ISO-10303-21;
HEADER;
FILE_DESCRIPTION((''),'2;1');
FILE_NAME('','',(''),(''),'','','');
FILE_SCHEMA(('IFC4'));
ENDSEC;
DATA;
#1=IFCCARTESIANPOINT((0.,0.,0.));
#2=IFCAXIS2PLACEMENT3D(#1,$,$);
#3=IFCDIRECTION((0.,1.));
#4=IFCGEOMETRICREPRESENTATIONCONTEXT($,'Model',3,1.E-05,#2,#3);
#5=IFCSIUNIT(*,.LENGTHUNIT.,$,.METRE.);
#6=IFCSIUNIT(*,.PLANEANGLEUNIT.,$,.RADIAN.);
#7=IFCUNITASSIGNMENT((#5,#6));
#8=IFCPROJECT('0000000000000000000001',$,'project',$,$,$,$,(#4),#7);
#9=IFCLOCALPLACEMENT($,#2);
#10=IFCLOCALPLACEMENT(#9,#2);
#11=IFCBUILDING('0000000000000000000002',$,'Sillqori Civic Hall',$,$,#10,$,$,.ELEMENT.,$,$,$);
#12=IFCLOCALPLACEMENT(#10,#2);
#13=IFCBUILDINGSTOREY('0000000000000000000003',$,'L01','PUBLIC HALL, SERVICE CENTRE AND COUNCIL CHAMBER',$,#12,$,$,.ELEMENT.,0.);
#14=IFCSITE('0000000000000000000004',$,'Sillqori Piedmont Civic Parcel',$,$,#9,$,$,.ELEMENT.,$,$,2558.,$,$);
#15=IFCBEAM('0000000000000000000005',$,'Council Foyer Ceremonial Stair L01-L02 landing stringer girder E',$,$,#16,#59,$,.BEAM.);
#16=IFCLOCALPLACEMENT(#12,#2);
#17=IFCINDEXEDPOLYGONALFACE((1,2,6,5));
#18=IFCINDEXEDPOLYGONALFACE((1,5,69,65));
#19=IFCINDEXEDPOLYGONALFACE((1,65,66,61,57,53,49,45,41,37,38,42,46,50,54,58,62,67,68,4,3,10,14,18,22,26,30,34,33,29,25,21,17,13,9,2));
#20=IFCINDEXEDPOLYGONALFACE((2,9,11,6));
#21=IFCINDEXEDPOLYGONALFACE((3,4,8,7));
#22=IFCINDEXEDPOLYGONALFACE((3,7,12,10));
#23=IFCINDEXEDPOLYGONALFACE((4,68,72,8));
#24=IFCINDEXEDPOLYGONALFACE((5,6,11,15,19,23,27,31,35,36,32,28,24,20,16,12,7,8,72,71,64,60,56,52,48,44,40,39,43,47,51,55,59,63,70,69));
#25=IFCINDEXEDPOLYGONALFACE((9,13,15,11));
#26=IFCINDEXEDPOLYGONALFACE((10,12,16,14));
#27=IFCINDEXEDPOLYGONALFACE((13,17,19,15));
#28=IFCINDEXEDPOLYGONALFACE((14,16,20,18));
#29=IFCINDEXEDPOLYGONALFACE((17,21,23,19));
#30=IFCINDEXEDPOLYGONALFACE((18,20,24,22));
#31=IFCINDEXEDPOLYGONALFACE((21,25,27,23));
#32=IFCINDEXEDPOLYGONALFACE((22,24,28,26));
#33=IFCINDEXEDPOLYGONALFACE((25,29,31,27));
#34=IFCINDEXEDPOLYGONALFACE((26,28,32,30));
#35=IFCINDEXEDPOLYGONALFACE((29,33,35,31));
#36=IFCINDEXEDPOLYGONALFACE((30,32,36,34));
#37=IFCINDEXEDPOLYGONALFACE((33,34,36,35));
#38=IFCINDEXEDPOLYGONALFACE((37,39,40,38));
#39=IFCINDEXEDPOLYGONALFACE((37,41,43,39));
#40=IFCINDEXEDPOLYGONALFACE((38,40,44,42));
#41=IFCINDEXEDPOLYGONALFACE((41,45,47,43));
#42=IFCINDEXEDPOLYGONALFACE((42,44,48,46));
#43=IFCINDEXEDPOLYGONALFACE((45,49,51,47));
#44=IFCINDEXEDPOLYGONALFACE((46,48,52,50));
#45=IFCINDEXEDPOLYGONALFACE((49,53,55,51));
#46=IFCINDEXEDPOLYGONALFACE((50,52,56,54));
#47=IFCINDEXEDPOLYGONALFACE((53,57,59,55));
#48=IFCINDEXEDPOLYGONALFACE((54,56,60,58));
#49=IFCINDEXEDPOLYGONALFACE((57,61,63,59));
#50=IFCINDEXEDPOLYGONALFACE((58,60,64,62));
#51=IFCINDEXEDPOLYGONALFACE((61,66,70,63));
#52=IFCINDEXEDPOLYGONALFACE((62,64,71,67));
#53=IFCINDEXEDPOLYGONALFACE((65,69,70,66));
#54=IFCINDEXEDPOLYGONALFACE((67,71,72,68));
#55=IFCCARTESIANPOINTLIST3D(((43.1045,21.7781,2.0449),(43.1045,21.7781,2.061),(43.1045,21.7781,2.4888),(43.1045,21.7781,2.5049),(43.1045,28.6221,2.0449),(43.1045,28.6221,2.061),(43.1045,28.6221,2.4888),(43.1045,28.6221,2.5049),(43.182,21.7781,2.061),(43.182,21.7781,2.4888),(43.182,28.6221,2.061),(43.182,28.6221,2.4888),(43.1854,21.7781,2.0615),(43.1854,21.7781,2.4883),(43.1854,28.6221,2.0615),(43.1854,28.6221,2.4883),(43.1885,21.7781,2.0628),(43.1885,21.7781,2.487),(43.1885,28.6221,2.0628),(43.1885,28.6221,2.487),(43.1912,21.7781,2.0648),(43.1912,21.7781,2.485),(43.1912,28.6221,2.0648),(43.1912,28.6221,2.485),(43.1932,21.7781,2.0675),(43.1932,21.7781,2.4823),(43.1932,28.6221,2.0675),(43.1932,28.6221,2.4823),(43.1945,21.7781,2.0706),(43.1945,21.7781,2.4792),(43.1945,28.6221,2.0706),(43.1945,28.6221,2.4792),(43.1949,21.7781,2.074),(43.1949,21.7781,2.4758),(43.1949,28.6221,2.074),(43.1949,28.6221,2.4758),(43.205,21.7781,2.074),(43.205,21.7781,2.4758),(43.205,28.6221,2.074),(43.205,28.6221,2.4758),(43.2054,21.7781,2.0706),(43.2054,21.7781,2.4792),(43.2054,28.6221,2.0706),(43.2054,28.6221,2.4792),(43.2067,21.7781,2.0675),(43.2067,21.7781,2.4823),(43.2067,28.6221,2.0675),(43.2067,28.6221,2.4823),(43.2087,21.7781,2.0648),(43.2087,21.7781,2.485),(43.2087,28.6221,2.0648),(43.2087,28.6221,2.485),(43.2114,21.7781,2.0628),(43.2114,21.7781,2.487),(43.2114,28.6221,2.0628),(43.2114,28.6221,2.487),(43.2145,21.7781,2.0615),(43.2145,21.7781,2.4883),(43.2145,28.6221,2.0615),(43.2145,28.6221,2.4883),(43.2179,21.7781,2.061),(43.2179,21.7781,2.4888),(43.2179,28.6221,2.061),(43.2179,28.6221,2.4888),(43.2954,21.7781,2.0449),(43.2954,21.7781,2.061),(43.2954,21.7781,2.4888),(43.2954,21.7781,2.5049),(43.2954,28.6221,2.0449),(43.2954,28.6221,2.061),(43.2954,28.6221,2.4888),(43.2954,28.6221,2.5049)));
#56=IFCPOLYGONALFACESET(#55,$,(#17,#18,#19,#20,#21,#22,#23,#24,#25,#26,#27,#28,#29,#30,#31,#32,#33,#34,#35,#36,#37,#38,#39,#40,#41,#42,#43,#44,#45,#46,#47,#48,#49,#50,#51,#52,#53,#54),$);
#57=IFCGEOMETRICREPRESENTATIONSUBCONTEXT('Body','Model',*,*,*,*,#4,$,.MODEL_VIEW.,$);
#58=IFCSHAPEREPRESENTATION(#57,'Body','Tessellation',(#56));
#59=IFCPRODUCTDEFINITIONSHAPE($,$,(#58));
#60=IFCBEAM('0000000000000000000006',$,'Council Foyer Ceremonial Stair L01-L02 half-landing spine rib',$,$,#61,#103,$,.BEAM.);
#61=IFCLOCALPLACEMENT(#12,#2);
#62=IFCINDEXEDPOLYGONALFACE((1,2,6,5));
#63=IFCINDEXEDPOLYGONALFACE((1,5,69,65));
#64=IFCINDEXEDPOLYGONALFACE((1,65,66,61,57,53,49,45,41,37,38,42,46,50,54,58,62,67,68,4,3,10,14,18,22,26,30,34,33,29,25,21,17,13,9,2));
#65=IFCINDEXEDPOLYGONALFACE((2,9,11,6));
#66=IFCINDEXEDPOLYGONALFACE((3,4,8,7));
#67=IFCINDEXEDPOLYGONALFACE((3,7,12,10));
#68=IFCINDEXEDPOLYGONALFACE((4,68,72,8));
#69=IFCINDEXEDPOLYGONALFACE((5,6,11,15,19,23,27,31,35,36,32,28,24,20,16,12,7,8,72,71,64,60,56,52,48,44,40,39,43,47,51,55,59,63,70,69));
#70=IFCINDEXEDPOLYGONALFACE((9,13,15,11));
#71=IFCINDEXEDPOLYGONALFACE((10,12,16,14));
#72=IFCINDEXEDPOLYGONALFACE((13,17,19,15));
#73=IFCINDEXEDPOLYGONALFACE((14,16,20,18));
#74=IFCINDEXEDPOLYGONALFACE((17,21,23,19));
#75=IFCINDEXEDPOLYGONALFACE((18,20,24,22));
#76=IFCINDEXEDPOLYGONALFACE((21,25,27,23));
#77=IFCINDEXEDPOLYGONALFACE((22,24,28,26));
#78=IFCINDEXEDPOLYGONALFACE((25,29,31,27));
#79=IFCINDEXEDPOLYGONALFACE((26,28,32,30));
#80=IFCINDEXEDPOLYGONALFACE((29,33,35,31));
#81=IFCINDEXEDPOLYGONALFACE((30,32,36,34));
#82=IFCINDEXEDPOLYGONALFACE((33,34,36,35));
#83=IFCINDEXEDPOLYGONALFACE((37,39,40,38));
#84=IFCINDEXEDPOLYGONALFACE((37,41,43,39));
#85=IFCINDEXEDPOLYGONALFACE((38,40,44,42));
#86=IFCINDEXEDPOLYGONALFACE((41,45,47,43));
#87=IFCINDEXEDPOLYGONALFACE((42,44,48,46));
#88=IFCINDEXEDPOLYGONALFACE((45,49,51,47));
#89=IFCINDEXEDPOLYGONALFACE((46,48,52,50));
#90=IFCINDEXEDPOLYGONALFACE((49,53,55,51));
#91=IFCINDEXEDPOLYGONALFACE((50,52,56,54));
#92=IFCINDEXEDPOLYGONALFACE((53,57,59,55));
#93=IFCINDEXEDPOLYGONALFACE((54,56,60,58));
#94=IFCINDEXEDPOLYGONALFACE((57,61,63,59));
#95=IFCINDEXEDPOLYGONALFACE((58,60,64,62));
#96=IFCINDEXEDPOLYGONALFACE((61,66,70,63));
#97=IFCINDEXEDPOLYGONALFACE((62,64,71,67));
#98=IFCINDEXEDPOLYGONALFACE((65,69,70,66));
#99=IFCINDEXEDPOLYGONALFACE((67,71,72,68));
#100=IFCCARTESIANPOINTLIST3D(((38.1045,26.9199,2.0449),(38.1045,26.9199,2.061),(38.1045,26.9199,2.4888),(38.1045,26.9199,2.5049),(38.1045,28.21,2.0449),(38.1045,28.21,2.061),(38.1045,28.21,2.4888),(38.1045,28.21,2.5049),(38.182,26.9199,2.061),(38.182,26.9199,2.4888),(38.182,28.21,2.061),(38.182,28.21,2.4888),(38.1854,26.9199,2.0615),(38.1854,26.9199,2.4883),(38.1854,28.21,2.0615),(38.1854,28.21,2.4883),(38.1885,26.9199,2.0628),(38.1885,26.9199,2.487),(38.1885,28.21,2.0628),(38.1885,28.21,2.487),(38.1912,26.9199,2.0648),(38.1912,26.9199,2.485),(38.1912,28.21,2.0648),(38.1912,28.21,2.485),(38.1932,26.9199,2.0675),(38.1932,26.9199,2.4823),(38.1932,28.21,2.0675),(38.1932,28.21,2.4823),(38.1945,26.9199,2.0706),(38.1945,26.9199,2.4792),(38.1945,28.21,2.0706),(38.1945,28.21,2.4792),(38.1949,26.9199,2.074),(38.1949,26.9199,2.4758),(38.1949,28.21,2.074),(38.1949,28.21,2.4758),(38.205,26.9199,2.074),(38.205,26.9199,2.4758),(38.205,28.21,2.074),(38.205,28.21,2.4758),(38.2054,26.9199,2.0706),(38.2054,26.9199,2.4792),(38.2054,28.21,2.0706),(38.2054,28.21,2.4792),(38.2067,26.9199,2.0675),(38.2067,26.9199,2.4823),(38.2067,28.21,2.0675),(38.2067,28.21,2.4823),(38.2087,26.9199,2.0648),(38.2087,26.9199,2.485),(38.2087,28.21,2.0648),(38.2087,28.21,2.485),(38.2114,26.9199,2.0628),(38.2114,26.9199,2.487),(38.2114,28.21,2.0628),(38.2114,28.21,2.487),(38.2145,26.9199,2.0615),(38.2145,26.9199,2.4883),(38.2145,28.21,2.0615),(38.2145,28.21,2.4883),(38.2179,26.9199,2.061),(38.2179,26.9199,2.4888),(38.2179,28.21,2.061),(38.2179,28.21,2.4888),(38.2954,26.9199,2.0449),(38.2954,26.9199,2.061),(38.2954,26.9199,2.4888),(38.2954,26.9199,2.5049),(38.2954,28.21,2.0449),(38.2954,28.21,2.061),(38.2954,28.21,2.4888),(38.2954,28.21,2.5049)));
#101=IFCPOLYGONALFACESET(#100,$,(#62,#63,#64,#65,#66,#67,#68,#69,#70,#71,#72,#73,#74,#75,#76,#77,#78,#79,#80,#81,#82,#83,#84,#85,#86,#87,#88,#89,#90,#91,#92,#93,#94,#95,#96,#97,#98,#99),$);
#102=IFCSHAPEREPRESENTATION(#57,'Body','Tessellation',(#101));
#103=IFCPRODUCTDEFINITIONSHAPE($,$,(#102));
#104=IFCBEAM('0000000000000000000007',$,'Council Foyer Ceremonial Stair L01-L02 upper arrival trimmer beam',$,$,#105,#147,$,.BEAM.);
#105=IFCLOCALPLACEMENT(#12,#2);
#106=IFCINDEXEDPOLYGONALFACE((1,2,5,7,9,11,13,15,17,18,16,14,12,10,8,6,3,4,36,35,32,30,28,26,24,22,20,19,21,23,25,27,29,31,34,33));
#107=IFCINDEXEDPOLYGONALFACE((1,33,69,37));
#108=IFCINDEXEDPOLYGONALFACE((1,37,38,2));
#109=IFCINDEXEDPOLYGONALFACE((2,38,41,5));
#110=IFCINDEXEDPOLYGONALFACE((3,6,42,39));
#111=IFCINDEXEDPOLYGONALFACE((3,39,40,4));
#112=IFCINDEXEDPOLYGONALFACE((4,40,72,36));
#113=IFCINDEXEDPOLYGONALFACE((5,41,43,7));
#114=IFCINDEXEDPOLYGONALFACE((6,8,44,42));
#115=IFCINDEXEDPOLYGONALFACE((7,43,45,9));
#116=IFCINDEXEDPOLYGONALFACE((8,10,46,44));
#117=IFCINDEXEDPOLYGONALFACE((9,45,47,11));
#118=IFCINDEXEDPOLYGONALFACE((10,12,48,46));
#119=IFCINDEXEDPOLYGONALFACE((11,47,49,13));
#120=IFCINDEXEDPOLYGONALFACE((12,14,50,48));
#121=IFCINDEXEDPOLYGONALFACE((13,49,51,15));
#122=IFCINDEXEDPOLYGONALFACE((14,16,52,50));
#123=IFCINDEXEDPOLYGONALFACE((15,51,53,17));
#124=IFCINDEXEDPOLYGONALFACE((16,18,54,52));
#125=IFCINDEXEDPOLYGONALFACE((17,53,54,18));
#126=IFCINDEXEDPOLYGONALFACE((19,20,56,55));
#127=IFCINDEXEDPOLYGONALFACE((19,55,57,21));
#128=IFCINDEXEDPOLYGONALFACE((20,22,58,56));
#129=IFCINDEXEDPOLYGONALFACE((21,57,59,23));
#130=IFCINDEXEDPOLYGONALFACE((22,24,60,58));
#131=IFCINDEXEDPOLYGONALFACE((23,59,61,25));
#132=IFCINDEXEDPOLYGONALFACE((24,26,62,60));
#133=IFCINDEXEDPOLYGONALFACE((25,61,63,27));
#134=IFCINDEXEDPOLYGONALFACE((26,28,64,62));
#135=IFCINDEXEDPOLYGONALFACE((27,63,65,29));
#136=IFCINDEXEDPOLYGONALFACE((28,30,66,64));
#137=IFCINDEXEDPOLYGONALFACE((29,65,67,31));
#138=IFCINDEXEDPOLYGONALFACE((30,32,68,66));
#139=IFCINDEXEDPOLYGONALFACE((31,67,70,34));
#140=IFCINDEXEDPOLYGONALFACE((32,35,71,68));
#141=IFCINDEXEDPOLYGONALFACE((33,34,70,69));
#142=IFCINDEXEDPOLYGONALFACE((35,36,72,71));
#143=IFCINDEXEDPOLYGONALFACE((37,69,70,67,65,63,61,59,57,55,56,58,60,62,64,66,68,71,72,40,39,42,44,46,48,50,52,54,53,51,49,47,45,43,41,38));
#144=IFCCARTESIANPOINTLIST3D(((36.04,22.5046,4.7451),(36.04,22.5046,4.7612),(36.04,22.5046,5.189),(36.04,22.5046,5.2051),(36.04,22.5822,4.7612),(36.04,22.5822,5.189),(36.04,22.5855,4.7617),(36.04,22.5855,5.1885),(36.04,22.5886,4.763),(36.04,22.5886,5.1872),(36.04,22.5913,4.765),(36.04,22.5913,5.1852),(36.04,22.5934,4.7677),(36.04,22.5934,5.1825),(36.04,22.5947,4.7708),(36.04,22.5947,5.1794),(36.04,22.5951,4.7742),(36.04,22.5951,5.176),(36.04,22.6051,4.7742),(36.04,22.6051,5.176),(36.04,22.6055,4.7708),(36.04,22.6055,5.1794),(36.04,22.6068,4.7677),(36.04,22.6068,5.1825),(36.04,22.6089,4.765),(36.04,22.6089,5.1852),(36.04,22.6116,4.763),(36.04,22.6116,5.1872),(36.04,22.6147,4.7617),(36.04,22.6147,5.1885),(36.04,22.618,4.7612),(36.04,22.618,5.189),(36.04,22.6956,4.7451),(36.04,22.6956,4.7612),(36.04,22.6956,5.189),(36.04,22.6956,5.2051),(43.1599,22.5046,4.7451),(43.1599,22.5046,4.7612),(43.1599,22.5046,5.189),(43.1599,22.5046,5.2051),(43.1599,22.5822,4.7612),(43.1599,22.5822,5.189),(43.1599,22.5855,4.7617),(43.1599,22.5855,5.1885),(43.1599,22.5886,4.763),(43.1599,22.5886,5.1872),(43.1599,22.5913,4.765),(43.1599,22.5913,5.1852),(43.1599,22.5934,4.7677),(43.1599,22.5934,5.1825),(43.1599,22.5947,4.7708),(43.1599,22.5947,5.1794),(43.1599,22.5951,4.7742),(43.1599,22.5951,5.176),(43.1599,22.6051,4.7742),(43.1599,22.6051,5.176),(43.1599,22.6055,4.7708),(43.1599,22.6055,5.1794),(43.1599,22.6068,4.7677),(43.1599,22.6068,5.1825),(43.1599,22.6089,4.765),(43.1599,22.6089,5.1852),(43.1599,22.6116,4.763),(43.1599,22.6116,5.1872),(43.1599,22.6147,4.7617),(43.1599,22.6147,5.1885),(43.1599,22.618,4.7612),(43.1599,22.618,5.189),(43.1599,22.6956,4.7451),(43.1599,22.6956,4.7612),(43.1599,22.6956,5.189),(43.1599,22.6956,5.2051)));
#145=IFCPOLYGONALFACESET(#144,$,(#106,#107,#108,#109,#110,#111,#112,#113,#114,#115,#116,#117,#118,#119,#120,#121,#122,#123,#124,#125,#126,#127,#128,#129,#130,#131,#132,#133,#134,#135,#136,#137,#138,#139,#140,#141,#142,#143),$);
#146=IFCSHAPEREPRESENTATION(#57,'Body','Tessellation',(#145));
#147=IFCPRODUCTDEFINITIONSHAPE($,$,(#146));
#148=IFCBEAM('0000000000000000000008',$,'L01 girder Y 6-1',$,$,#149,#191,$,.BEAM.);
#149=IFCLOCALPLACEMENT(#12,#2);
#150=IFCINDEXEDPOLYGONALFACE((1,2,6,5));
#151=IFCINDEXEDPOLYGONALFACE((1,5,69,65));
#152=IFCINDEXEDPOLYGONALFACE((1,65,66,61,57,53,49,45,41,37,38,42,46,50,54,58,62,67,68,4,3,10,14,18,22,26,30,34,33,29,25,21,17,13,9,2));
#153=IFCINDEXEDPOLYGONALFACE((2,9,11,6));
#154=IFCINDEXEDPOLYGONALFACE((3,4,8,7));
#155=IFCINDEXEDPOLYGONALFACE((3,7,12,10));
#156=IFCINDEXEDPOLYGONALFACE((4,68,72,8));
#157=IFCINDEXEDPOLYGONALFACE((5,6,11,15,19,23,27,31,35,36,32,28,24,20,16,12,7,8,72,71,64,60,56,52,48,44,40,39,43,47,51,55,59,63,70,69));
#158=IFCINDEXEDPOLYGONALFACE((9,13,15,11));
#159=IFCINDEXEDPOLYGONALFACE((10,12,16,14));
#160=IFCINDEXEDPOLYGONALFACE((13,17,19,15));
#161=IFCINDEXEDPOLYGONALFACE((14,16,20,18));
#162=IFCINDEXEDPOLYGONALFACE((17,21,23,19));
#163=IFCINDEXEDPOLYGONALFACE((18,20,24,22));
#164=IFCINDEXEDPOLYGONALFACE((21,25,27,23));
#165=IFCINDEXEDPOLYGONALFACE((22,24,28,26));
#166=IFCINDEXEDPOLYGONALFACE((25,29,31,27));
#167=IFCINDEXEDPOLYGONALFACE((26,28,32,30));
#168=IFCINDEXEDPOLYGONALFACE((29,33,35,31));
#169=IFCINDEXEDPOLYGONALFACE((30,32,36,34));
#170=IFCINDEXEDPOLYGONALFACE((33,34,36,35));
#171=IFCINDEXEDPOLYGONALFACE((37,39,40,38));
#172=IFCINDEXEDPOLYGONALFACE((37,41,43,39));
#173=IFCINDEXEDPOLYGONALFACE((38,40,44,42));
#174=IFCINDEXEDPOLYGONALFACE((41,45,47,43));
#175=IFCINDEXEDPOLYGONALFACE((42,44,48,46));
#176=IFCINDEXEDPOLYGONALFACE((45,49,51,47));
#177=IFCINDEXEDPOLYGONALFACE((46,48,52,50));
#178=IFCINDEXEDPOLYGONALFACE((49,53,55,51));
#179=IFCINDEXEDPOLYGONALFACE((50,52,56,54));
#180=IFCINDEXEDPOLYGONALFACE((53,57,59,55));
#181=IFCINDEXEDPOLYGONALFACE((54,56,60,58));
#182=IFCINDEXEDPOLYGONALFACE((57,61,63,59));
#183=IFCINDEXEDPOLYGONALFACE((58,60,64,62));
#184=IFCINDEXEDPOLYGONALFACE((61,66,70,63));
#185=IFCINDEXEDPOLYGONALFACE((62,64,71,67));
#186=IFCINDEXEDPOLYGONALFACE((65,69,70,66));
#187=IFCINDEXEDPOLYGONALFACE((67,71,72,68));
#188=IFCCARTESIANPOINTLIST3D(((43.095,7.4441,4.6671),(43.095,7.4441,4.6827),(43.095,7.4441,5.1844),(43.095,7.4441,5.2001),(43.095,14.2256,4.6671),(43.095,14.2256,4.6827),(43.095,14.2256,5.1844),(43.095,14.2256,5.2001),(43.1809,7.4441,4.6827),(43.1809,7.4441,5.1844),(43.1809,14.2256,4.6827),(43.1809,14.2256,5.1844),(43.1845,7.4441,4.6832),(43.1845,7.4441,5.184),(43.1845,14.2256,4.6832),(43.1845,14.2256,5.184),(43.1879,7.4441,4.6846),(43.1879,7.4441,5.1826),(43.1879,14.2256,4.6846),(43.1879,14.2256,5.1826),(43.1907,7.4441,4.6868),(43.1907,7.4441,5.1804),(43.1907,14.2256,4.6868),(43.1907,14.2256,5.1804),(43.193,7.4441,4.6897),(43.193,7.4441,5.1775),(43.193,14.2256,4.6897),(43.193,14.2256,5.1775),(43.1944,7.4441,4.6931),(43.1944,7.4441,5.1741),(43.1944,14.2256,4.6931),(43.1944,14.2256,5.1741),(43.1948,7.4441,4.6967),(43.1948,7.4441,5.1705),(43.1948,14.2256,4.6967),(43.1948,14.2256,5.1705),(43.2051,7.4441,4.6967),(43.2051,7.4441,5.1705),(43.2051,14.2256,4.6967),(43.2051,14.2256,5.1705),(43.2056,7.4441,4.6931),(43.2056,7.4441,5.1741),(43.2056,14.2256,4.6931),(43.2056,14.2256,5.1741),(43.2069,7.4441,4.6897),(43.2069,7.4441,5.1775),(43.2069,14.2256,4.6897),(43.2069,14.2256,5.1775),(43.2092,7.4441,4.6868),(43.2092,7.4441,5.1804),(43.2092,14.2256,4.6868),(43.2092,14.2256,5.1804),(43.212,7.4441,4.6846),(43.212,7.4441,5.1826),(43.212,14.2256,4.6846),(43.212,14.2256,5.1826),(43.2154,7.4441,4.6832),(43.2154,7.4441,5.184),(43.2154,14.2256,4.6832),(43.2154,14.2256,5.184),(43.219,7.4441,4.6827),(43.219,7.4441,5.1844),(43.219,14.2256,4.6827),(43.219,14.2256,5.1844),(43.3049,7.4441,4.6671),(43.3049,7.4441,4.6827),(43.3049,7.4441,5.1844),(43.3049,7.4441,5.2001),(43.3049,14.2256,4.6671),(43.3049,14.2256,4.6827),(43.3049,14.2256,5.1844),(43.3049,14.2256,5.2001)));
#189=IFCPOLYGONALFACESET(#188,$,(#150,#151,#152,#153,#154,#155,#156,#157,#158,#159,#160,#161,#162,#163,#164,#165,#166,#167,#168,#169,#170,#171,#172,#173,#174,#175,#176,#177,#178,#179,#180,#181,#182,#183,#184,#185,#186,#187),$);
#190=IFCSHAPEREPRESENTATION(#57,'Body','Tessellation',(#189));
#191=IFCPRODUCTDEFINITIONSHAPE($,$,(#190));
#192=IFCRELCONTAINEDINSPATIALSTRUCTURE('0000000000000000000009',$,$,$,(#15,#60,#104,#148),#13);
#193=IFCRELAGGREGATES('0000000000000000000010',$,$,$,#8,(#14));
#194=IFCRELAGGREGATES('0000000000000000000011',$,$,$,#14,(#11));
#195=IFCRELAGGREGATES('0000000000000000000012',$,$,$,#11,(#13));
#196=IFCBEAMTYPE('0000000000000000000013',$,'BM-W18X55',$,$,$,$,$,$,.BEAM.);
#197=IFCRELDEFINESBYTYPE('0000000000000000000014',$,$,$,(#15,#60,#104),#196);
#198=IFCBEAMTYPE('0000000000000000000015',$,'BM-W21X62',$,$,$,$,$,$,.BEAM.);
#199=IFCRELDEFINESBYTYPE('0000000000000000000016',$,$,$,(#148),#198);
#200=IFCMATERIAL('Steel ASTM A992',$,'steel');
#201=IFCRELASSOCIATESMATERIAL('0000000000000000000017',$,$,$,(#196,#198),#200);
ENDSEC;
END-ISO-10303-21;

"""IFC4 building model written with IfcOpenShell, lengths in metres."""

from ifc_helpers import new_model, si_unit, direction, frame, origin, origin_2d, place, context, subcontext, project, spatial, i_section, extrude, material, material_profile, profile_set, type_object, element, save


model = new_model("IFC4")

# Units and contexts
model_context = context("Model", 3, precision=1e-05, world=origin(), true_north=direction((0.0, 1.0)))
body_context = subcontext(model_context, "Body", "Model", "MODEL_VIEW")
ifc_project = project(units=[si_unit("LENGTHUNIT", "METRE"), si_unit("PLANEANGLEUNIT", "RADIAN")], contexts=[model_context])

# Site, building, storey
site_placement = place(None, origin())
site = spatial("IfcSite", under=ifc_project, at=site_placement, Name="Sillqori Piedmont Civic Parcel", CompositionType="ELEMENT", RefElevation=2558.0)
building_placement = place(site_placement, origin())
building = spatial("IfcBuilding", under=site, at=building_placement, Name="Sillqori Civic Hall", CompositionType="ELEMENT")
storey_placement = place(building_placement, origin())
storey = spatial("IfcBuildingStorey", under=building, at=storey_placement, Name="L01", Description="PUBLIC HALL, SERVICE CENTRE AND COUNCIL CHAMBER", CompositionType="ELEMENT", Elevation=0.0)

# Shared definitions
ifc_material_1 = material(Name="Steel ASTM A992", Category="steel")

# Beams
ifc_material_profile_1 = material_profile(ifc_material_1, i_section(OverallWidth=0.1909, OverallDepth=0.46, WebThickness=0.01, FlangeThickness=0.0161, FilletRadius=0.0129, at=origin_2d()), Name="W18X55")
ifc_profile_set_1 = profile_set([ifc_material_profile_1], Name="Steel ASTM A992")
beam_type_1 = type_object("IfcBeamType", Name="BM-W18X55", PredefinedType="BEAM", material=ifc_profile_set_1)
beam_1_placement = place(storey_placement, frame((43.2, 21.7781, 2.2749), z_axis=(0.0, 1.0, 0.0), x_axis=(-1.0, 0.0, 0.0)))
element("IfcBeam", 1, at=beam_1_placement, inside=storey, type_object=beam_type_1, Name="Council Foyer Ceremonial Stair L01-L02 landing stringer girder E", PredefinedType="BEAM", context=body_context, shape_type="SweptSolid", body=[
    extrude(i_section(OverallWidth=0.1909, OverallDepth=0.46, WebThickness=0.01, FlangeThickness=0.0161, FilletRadius=0.0129, at=origin_2d()), origin(), (0.0, 0.0, 1.0), 6.844),
])
beam_2_placement = place(storey_placement, frame((38.2, 26.9199, 2.2749), z_axis=(0.0, 1.0, 0.0), x_axis=(-1.0, 0.0, 0.0)))
element("IfcBeam", 2, at=beam_2_placement, inside=storey, type_object=beam_type_1, Name="Council Foyer Ceremonial Stair L01-L02 half-landing spine rib", PredefinedType="BEAM", context=body_context, shape_type="SweptSolid", body=[
    extrude(i_section(OverallWidth=0.1909, OverallDepth=0.46, WebThickness=0.01, FlangeThickness=0.0161, FilletRadius=0.0129, at=origin_2d()), origin(), (0.0, 0.0, 1.0), 1.29),
])
beam_3_placement = place(storey_placement, frame((36.04, 22.6001, 4.9751), z_axis=(1.0, 0.0, 0.0), x_axis=(0.0, 1.0, 0.0)))
element("IfcBeam", 3, at=beam_3_placement, inside=storey, type_object=beam_type_1, Name="Council Foyer Ceremonial Stair L01-L02 upper arrival trimmer beam", PredefinedType="BEAM", context=body_context, shape_type="SweptSolid", body=[
    extrude(i_section(OverallWidth=0.1909, OverallDepth=0.46, WebThickness=0.01, FlangeThickness=0.0161, FilletRadius=0.0129, at=origin_2d()), origin(), (0.0, 0.0, 1.0), 7.1199),
])
ifc_material_profile_2 = material_profile(ifc_material_1, i_section(OverallWidth=0.21, OverallDepth=0.533, WebThickness=0.0103, FlangeThickness=0.0156, FilletRadius=0.0139, at=origin_2d()), Name="W21X62")
ifc_profile_set_2 = profile_set([ifc_material_profile_2], Name="Steel ASTM A992")
beam_type_2 = type_object("IfcBeamType", Name="BM-W21X62", PredefinedType="BEAM", material=ifc_profile_set_2)
beam_4_placement = place(storey_placement, frame((43.2, 7.4441, 4.9336), z_axis=(0.0, 1.0, 0.0), x_axis=(-1.0, 0.0, 0.0)))
element("IfcBeam", 4, at=beam_4_placement, inside=storey, type_object=beam_type_2, Name="L01 girder Y 6-1", PredefinedType="BEAM", context=body_context, shape_type="SweptSolid", body=[
    extrude(i_section(OverallWidth=0.21, OverallDepth=0.533, WebThickness=0.0103, FlangeThickness=0.0156, FilletRadius=0.0139, at=origin_2d()), origin(), (0.0, 0.0, 1.0), 6.7815),
])

save(model, "model.ifc")
